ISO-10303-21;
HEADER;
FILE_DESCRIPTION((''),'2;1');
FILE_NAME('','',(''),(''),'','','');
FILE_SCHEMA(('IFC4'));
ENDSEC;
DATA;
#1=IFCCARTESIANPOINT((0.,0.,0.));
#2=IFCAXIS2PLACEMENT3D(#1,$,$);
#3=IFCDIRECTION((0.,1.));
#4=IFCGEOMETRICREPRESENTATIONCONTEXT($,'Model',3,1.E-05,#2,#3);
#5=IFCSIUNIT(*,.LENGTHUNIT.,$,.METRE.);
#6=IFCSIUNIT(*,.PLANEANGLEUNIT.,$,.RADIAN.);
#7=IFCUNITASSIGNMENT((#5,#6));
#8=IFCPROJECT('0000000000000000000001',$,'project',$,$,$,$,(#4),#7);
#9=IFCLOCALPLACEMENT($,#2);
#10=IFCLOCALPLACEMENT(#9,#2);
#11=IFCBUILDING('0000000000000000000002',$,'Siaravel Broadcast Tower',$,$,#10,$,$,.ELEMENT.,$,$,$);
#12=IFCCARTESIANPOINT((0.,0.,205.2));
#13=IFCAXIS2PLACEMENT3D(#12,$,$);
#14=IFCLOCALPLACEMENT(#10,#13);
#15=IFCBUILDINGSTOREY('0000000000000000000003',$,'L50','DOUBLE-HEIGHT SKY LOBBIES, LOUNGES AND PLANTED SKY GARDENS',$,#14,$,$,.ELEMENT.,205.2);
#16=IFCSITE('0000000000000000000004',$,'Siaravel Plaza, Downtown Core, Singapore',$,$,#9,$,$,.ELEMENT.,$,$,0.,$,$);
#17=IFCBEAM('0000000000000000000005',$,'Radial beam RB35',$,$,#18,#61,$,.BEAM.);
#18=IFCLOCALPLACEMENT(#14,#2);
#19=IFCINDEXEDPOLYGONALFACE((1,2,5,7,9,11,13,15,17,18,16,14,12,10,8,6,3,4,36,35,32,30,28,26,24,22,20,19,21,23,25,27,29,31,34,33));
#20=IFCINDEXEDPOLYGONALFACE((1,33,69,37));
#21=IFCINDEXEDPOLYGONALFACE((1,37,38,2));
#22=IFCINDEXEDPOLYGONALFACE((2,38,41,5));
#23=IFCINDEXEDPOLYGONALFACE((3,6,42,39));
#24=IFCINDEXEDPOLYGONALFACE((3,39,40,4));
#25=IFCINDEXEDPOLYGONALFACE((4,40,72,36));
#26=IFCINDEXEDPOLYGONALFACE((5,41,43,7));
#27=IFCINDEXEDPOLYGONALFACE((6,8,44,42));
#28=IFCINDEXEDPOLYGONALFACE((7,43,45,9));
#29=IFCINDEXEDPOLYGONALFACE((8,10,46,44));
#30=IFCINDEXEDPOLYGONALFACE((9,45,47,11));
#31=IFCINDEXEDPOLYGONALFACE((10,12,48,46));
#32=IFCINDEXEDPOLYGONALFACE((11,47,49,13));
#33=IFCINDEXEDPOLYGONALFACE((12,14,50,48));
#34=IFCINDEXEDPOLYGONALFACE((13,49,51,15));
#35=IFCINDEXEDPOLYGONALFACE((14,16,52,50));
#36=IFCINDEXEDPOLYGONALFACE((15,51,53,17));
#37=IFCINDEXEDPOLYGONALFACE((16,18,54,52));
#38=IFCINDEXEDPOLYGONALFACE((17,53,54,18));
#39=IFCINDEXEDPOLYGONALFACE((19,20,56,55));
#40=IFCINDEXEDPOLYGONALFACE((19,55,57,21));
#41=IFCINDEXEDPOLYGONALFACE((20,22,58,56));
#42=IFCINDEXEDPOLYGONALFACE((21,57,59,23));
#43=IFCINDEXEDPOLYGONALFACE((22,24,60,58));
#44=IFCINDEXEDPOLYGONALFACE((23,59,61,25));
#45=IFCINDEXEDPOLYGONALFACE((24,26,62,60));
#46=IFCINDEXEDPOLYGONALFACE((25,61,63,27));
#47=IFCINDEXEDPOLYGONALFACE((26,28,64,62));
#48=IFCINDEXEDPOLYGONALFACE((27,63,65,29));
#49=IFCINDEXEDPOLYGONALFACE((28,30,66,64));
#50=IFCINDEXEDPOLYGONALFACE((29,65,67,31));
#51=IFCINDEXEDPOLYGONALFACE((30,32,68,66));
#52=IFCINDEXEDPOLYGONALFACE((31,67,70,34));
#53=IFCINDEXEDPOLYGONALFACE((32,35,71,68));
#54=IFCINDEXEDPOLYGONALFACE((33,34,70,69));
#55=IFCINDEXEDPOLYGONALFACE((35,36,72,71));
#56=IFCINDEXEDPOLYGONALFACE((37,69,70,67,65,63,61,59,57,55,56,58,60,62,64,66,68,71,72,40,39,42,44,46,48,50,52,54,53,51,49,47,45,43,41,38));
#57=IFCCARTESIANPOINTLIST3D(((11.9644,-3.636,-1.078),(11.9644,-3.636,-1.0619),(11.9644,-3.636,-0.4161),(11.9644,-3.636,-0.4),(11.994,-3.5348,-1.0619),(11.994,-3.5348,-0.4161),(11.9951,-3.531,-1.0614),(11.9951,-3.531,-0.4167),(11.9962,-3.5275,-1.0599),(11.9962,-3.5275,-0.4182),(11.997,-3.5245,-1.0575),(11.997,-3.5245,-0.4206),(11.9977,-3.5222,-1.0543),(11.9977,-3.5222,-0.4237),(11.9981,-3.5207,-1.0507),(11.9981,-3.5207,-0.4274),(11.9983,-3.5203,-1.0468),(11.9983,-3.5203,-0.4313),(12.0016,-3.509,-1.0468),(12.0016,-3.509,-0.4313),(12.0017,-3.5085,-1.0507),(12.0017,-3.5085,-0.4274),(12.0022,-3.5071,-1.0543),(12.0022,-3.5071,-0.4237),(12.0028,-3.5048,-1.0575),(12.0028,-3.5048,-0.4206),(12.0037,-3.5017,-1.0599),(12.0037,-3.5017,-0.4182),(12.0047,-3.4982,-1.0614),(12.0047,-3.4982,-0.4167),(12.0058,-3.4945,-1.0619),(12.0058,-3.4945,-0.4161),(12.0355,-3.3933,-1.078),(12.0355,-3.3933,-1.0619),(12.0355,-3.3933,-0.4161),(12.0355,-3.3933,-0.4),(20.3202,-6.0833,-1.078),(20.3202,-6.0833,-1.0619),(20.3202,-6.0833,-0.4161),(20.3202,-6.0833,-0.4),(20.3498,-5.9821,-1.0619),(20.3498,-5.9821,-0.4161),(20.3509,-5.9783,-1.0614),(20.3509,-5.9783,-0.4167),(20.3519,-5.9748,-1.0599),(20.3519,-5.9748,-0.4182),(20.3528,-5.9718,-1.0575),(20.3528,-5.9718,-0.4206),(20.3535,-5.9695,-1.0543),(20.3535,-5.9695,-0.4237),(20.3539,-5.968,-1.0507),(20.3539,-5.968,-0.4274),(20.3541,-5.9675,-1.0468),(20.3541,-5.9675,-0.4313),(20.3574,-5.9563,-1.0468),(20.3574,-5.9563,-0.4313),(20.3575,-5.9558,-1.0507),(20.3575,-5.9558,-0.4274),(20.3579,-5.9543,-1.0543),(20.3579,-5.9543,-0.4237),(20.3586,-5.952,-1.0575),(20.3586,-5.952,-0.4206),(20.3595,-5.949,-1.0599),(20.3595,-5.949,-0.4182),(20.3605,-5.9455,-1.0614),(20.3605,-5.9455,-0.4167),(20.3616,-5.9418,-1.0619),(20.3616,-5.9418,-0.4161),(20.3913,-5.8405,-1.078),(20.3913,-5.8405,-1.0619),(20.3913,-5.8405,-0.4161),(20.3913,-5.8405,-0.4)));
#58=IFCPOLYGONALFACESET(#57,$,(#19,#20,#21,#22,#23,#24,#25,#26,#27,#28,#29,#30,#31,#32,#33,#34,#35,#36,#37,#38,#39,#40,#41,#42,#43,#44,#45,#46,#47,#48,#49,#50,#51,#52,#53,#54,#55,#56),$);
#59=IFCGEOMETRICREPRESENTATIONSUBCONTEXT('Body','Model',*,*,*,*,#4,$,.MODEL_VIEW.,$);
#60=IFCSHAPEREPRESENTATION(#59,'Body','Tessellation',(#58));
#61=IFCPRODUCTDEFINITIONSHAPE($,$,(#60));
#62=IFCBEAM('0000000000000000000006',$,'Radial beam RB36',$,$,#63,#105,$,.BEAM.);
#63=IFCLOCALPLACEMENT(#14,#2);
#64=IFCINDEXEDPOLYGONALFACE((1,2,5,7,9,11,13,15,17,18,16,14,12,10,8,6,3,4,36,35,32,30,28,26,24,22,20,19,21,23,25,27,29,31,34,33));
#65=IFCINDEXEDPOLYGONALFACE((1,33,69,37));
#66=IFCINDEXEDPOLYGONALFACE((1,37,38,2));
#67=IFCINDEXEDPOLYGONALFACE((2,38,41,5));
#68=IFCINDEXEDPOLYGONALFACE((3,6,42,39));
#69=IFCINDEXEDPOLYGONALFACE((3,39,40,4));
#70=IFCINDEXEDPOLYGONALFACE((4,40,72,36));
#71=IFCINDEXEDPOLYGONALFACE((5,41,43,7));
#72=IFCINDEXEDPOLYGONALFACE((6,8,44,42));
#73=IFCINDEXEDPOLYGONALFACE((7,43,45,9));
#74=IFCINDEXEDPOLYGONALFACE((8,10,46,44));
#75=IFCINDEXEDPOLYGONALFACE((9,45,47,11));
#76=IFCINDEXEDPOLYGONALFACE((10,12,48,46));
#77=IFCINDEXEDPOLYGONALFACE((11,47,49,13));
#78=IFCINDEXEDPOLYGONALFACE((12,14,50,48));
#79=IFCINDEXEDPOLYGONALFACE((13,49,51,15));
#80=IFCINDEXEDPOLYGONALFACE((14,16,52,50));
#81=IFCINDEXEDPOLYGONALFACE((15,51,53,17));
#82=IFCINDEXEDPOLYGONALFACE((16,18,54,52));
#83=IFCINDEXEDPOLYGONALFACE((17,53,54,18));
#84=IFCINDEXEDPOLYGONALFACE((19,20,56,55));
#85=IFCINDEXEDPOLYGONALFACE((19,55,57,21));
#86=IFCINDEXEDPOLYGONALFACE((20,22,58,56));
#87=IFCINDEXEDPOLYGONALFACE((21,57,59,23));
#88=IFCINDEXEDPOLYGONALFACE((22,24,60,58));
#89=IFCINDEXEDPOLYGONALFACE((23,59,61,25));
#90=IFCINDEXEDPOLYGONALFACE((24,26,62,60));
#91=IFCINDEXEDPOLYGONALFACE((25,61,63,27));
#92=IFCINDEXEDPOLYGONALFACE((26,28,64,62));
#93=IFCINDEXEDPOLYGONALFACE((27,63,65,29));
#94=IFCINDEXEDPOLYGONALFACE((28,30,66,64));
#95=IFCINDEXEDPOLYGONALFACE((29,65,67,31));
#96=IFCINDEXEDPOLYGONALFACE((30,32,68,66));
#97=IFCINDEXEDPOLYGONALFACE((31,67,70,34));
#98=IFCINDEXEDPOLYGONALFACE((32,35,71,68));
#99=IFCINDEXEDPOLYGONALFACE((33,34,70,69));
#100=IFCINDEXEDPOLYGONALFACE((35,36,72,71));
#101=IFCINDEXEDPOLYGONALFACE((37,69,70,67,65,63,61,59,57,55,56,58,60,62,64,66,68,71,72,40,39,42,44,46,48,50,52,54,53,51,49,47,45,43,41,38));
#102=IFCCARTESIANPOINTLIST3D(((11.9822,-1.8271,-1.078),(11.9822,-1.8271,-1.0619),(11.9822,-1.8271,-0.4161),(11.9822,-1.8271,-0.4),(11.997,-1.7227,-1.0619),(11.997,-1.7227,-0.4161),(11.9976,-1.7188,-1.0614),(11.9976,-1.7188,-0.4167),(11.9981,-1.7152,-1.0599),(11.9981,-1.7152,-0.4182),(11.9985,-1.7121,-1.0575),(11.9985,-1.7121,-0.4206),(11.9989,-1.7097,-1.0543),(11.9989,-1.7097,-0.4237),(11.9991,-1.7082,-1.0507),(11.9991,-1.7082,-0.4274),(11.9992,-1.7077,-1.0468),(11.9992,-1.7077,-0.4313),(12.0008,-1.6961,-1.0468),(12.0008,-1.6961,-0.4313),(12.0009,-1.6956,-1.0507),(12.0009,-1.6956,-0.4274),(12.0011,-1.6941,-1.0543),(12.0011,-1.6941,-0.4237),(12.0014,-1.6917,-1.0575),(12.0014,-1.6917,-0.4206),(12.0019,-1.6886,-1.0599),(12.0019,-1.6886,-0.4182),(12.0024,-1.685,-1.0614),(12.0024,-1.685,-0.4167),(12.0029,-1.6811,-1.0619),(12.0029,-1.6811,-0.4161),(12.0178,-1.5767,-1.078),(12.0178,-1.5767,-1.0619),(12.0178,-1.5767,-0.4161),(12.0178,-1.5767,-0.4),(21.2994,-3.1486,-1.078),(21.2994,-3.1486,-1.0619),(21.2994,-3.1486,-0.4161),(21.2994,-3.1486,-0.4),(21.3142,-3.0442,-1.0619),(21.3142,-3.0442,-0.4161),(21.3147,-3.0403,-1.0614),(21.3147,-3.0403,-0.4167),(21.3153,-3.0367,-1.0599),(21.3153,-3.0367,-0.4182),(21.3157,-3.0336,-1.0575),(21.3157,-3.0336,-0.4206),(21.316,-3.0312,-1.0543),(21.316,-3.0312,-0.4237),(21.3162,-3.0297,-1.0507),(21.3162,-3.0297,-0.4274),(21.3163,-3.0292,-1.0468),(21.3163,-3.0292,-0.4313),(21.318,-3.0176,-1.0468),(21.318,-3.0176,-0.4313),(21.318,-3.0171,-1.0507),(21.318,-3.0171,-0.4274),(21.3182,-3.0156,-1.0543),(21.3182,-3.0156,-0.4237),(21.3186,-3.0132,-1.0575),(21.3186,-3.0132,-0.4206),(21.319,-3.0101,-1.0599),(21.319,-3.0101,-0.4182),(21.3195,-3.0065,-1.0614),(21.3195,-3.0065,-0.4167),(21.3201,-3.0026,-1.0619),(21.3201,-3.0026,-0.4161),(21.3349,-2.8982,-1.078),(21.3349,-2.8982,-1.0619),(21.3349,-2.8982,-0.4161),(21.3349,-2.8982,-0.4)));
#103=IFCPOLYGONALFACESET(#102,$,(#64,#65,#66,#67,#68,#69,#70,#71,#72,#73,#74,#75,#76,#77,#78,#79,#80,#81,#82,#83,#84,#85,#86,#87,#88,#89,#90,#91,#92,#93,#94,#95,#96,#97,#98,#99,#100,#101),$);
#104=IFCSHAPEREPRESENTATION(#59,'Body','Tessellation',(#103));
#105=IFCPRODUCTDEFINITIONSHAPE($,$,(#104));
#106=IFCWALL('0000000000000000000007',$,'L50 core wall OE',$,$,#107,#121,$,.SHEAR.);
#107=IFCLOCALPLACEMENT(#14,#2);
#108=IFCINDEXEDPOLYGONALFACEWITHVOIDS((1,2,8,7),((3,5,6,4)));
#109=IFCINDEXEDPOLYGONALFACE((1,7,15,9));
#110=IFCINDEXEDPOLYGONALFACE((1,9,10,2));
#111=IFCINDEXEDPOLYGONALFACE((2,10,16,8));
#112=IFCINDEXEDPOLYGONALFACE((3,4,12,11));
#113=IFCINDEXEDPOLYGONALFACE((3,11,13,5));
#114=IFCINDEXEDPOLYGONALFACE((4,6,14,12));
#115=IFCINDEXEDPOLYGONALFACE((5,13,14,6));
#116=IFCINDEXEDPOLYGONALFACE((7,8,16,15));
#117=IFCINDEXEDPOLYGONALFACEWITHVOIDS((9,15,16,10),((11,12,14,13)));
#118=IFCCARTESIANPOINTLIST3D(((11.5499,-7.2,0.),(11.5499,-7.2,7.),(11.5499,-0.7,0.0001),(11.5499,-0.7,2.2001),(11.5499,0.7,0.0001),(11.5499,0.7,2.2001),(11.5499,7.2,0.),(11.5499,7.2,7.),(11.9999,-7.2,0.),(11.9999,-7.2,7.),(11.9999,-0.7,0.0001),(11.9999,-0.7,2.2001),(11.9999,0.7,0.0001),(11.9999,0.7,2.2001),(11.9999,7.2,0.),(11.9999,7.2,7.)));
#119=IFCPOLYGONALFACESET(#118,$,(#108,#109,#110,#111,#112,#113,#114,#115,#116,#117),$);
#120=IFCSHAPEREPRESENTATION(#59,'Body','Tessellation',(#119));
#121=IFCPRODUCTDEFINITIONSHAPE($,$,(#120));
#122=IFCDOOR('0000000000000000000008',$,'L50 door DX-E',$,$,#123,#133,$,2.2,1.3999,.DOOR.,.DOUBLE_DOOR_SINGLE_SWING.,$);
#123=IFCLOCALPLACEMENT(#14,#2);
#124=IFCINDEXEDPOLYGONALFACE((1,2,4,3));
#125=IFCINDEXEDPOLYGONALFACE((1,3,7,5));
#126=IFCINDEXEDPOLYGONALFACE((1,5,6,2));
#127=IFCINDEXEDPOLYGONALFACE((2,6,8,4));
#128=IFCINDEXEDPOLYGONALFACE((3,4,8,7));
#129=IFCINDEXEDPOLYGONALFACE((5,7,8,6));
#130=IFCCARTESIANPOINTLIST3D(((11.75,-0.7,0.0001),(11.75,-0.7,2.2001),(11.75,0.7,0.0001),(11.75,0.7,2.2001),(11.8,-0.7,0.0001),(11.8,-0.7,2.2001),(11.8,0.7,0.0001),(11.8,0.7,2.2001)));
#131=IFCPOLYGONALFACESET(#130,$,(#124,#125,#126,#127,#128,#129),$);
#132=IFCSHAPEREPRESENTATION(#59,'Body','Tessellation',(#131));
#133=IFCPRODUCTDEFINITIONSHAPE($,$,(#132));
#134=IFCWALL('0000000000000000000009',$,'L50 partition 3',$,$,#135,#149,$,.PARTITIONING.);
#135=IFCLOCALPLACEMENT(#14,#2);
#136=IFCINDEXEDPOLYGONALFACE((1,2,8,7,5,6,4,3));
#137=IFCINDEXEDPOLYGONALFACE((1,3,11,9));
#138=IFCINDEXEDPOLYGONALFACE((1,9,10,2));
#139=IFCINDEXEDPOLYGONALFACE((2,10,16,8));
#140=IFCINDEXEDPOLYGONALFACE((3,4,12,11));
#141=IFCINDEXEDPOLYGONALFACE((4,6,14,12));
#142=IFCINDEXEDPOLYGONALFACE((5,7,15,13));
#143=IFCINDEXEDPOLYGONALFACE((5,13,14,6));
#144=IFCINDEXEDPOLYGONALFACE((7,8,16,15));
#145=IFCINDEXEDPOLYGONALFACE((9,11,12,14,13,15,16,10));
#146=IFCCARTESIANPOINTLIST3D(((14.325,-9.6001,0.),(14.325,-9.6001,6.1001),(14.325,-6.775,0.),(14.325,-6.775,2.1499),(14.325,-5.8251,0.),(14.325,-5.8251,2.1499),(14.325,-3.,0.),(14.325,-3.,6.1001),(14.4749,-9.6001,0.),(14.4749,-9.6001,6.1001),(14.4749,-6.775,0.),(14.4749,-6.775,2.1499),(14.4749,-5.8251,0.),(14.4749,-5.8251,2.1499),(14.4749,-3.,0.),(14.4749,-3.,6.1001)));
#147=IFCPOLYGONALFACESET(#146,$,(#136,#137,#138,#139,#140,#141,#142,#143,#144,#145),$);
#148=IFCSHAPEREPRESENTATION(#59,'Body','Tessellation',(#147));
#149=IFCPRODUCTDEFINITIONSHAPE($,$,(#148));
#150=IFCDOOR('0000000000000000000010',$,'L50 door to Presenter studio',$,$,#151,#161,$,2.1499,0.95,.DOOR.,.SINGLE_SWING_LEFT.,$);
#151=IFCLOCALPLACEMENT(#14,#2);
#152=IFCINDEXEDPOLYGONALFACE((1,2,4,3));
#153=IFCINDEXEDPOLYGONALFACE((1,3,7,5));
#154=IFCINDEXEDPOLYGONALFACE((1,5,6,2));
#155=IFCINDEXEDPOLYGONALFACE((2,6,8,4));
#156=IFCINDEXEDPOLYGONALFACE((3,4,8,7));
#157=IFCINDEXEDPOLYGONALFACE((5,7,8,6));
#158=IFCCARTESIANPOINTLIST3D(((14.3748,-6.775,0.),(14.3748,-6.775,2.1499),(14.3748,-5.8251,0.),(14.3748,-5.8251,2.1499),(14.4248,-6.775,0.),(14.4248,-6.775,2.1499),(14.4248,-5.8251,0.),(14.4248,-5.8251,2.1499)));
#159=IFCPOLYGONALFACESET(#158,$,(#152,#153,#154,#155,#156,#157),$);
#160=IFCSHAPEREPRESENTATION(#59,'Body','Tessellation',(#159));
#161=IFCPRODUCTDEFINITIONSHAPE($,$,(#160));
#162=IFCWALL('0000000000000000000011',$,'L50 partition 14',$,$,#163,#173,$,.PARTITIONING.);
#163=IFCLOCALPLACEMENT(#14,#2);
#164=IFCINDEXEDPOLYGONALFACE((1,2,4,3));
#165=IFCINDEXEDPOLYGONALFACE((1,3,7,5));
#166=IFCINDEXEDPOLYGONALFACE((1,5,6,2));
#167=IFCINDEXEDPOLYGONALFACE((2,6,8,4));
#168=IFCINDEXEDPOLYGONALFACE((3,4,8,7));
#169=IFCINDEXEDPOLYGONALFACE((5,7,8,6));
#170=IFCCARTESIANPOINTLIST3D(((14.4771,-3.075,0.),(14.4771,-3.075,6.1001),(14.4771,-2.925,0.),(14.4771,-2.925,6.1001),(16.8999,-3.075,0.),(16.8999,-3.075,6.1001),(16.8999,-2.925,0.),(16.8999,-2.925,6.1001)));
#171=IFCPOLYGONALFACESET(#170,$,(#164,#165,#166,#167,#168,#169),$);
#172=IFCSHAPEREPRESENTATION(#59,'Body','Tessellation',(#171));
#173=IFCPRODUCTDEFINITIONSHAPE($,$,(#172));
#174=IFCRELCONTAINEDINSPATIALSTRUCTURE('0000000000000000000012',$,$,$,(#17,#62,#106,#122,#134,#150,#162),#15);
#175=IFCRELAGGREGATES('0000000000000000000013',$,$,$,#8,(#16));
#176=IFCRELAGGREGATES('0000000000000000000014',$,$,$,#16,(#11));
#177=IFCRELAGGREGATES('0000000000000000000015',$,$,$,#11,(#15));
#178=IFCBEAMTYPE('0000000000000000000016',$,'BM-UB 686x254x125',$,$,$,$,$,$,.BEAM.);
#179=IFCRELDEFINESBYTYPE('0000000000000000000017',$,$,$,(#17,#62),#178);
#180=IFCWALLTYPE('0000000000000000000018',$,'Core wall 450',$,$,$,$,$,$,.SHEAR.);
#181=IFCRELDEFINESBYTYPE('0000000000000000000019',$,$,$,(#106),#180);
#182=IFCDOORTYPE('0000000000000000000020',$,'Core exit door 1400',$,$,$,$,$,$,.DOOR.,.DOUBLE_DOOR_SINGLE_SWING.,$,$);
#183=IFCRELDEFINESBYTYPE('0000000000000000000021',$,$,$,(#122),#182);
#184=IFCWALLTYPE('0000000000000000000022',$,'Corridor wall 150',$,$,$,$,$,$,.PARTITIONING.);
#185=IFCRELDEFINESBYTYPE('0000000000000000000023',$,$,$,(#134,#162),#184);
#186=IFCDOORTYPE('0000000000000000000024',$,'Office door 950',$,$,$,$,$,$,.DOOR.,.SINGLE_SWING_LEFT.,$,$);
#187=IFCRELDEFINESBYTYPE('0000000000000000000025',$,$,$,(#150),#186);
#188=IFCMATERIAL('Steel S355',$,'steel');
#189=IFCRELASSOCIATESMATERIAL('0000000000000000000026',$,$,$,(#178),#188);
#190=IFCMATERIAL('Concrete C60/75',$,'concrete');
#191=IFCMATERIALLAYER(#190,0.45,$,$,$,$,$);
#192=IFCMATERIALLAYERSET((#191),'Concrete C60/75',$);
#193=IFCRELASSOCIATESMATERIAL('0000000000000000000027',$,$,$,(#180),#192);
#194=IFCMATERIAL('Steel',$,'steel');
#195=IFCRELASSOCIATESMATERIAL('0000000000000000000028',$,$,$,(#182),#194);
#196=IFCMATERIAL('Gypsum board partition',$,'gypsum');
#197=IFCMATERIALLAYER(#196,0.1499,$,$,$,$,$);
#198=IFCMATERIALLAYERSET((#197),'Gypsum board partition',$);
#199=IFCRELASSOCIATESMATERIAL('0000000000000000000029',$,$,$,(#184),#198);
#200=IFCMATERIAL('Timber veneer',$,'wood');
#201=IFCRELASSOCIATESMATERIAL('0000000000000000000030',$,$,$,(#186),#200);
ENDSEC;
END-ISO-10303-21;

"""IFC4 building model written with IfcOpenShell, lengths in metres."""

from ifc_helpers import new_model, si_unit, direction, frame, frame_2d, origin, origin_2d, place, context, subcontext, project, spatial, rectangle, i_section, extrude, material, layer, layer_set, material_profile, profile_set, type_object, element, fill, save


model = new_model("IFC4")

# Units and contexts
model_context = context("Model", 3, precision=1e-05, world=origin(), true_north=direction((0.0, 1.0)))
body_context = subcontext(model_context, "Body", "Model", "MODEL_VIEW")
ifc_project = project(units=[si_unit("LENGTHUNIT", "METRE"), si_unit("PLANEANGLEUNIT", "RADIAN")], contexts=[model_context])

# Site, building, storey
site_placement = place(None, origin())
site = spatial("IfcSite", under=ifc_project, at=site_placement, Name="Siaravel Plaza, Downtown Core, Singapore", CompositionType="ELEMENT", RefElevation=0.0)
building_placement = place(site_placement, origin())
building = spatial("IfcBuilding", under=site, at=building_placement, Name="Siaravel Broadcast Tower", CompositionType="ELEMENT")
storey_placement = place(building_placement, frame((0.0, 0.0, 205.2)))
storey = spatial("IfcBuildingStorey", under=building, at=storey_placement, Name="L50", Description="DOUBLE-HEIGHT SKY LOBBIES, LOUNGES AND PLANTED SKY GARDENS", CompositionType="ELEMENT", Elevation=205.2)

# Shared definitions
ifc_material_1 = material(Name="Concrete C60/75", Category="concrete")

# Beams
ifc_material_2 = material(Name="Steel S355", Category="steel")
ifc_material_profile_1 = material_profile(ifc_material_2, i_section(OverallWidth=0.2529, OverallDepth=0.678, WebThickness=0.0117, FlangeThickness=0.0161, FilletRadius=0.0151, at=origin_2d()))
ifc_profile_set_1 = profile_set([ifc_material_profile_1], Name="Steel S355")
beam_type = type_object("IfcBeamType", Name="BM-UB 686x254x125", PredefinedType="BEAM", material=ifc_profile_set_1)
beam_1_placement = place(storey_placement, frame((20.3557, -5.9619, -0.739), z_axis=(-0.959685, 0.281078, 0.0), x_axis=(-0.281078, -0.959685, 0.0)))
element("IfcBeam", 1, at=beam_1_placement, inside=storey, type_object=beam_type, Name="Radial beam RB35", PredefinedType="BEAM", context=body_context, shape_type="SweptSolid", body=[
    extrude(i_section(OverallWidth=0.2529, OverallDepth=0.678, WebThickness=0.0117, FlangeThickness=0.0161, FilletRadius=0.0151, at=origin_2d()), origin(), (0.0, 0.0, 1.0), 8.7068),
])
beam_2_placement = place(storey_placement, frame((21.3171, -3.0234, -0.739), z_axis=(-0.99009, 0.140433, 0.0), x_axis=(-0.140433, -0.99009, 0.0)))
element("IfcBeam", 2, at=beam_2_placement, inside=storey, type_object=beam_type, Name="Radial beam RB36", PredefinedType="BEAM", context=body_context, shape_type="SweptSolid", body=[
    extrude(i_section(OverallWidth=0.2529, OverallDepth=0.678, WebThickness=0.0117, FlangeThickness=0.0161, FilletRadius=0.0151, at=origin_2d()), origin(), (0.0, 0.0, 1.0), 9.4104),
])

# Walls, openings, doors
ifc_layer_1 = layer(ifc_material_1, 0.45)
ifc_layer_set_1 = layer_set([ifc_layer_1], Name="Concrete C60/75")
wall_type_1 = type_object("IfcWallType", Name="Core wall 450", PredefinedType="SHEAR", material=ifc_layer_set_1)
wall_1_placement = place(storey_placement, frame((11.7749, -7.2, 0.0), z_axis=(0.0, 0.0, 1.0), x_axis=(0.0, 1.0, 0.0)))
wall_1 = element("IfcWall", 3, at=wall_1_placement, inside=storey, type_object=wall_type_1, Name="L50 core wall OE", PredefinedType="SHEAR", context=body_context, shape_type="SweptSolid", body=[
    extrude(rectangle(XDim=14.3999, YDim=0.45, at=frame_2d((7.2, 0.0))), origin(), (0.0, 0.0, 1.0), 7.0),
])
opening_1_placement = place(wall_1_placement, frame((6.5, 0.0, 0.0)))
opening_1 = element("IfcOpeningElement", 4, at=opening_1_placement, cuts=wall_1, PredefinedType="OPENING", context=body_context, shape_type="SweptSolid", body=[
    extrude(rectangle(XDim=1.3999, YDim=2.2, at=frame_2d((0.7, 1.1001))), frame((0.0, 0.2349, 0.0), z_axis=(0.0, -1.0, 0.0), x_axis=(1.0, 0.0, 0.0)), (0.0, 0.0, 1.0), 0.47),
])
ifc_material_3 = material(Name="Steel", Category="steel")
door_type_1 = type_object("IfcDoorType", Name="Core exit door 1400", OperationType="DOUBLE_DOOR_SINGLE_SWING", PredefinedType="DOOR", material=ifc_material_3)
door_1_placement = place(opening_1_placement, origin())
door_1 = element("IfcDoor", 5, at=door_1_placement, inside=storey, type_object=door_type_1, Name="L50 door DX-E", OperationType="DOUBLE_DOOR_SINGLE_SWING", OverallHeight=2.2, OverallWidth=1.3999, PredefinedType="DOOR", context=body_context, shape_type="SweptSolid", body=[
    extrude(rectangle(XDim=1.3999, YDim=2.2, at=frame_2d((0.7, 1.1001))), frame((0.0, 0.0249, 0.0), z_axis=(0.0, -1.0, 0.0), x_axis=(1.0, 0.0, 0.0)), (0.0, 0.0, 1.0), 0.05),
])
fill(opening_1, door_1)
ifc_material_4 = material(Name="Gypsum board partition", Category="gypsum")
ifc_layer_2 = layer(ifc_material_4, 0.1499)
ifc_layer_set_2 = layer_set([ifc_layer_2], Name="Gypsum board partition")
wall_type_2 = type_object("IfcWallType", Name="Corridor wall 150", PredefinedType="PARTITIONING", material=ifc_layer_set_2)
wall_2_placement = place(storey_placement, frame((14.3999, -3.0, 0.0), z_axis=(0.0, 0.0, 1.0), x_axis=(0.0, -1.0, 0.0)))
wall_2 = element("IfcWall", 6, at=wall_2_placement, inside=storey, type_object=wall_type_2, Name="L50 partition 3", PredefinedType="PARTITIONING", context=body_context, shape_type="SweptSolid", body=[
    extrude(rectangle(XDim=6.6001, YDim=0.1499, at=frame_2d((3.3, 0.0))), origin(), (0.0, 0.0, 1.0), 6.1001),
])
opening_2_placement = place(wall_2_placement, frame((2.825, 0.0, 0.0)))
opening_2 = element("IfcOpeningElement", 7, at=opening_2_placement, cuts=wall_2, PredefinedType="OPENING", context=body_context, shape_type="SweptSolid", body=[
    extrude(rectangle(XDim=0.95, YDim=2.1499, at=frame_2d((0.4751, 1.075))), frame((0.0, 0.085, 0.0), z_axis=(0.0, -1.0, 0.0), x_axis=(1.0, 0.0, 0.0)), (0.0, 0.0, 1.0), 0.1699),
])
ifc_material_5 = material(Name="Timber veneer", Category="wood")
door_type_2 = type_object("IfcDoorType", Name="Office door 950", OperationType="SINGLE_SWING_LEFT", PredefinedType="DOOR", material=ifc_material_5)
door_2_placement = place(opening_2_placement, origin())
door_2 = element("IfcDoor", 8, at=door_2_placement, inside=storey, type_object=door_type_2, Name="L50 door to Presenter studio", OperationType="SINGLE_SWING_LEFT", OverallHeight=2.1499, OverallWidth=0.95, PredefinedType="DOOR", context=body_context, shape_type="SweptSolid", body=[
    extrude(rectangle(XDim=0.95, YDim=2.1499, at=frame_2d((0.4751, 1.075))), frame((0.0, 0.0249, 0.0), z_axis=(0.0, -1.0, 0.0), x_axis=(1.0, 0.0, 0.0)), (0.0, 0.0, 1.0), 0.05),
])
fill(opening_2, door_2)

# Wall
wall_3_placement = place(storey_placement, frame((16.8999, -3.0, 0.0), z_axis=(0.0, 0.0, 1.0), x_axis=(-1.0, 0.0, 0.0)))
element("IfcWall", 9, at=wall_3_placement, inside=storey, type_object=wall_type_2, Name="L50 partition 14", PredefinedType="PARTITIONING", context=body_context, shape_type="SweptSolid", body=[
    extrude(rectangle(XDim=2.4229, YDim=0.1499, at=frame_2d((1.2114, 0.0))), origin(), (0.0, 0.0, 1.0), 6.1001),
])

save(model, "model.ifc")
